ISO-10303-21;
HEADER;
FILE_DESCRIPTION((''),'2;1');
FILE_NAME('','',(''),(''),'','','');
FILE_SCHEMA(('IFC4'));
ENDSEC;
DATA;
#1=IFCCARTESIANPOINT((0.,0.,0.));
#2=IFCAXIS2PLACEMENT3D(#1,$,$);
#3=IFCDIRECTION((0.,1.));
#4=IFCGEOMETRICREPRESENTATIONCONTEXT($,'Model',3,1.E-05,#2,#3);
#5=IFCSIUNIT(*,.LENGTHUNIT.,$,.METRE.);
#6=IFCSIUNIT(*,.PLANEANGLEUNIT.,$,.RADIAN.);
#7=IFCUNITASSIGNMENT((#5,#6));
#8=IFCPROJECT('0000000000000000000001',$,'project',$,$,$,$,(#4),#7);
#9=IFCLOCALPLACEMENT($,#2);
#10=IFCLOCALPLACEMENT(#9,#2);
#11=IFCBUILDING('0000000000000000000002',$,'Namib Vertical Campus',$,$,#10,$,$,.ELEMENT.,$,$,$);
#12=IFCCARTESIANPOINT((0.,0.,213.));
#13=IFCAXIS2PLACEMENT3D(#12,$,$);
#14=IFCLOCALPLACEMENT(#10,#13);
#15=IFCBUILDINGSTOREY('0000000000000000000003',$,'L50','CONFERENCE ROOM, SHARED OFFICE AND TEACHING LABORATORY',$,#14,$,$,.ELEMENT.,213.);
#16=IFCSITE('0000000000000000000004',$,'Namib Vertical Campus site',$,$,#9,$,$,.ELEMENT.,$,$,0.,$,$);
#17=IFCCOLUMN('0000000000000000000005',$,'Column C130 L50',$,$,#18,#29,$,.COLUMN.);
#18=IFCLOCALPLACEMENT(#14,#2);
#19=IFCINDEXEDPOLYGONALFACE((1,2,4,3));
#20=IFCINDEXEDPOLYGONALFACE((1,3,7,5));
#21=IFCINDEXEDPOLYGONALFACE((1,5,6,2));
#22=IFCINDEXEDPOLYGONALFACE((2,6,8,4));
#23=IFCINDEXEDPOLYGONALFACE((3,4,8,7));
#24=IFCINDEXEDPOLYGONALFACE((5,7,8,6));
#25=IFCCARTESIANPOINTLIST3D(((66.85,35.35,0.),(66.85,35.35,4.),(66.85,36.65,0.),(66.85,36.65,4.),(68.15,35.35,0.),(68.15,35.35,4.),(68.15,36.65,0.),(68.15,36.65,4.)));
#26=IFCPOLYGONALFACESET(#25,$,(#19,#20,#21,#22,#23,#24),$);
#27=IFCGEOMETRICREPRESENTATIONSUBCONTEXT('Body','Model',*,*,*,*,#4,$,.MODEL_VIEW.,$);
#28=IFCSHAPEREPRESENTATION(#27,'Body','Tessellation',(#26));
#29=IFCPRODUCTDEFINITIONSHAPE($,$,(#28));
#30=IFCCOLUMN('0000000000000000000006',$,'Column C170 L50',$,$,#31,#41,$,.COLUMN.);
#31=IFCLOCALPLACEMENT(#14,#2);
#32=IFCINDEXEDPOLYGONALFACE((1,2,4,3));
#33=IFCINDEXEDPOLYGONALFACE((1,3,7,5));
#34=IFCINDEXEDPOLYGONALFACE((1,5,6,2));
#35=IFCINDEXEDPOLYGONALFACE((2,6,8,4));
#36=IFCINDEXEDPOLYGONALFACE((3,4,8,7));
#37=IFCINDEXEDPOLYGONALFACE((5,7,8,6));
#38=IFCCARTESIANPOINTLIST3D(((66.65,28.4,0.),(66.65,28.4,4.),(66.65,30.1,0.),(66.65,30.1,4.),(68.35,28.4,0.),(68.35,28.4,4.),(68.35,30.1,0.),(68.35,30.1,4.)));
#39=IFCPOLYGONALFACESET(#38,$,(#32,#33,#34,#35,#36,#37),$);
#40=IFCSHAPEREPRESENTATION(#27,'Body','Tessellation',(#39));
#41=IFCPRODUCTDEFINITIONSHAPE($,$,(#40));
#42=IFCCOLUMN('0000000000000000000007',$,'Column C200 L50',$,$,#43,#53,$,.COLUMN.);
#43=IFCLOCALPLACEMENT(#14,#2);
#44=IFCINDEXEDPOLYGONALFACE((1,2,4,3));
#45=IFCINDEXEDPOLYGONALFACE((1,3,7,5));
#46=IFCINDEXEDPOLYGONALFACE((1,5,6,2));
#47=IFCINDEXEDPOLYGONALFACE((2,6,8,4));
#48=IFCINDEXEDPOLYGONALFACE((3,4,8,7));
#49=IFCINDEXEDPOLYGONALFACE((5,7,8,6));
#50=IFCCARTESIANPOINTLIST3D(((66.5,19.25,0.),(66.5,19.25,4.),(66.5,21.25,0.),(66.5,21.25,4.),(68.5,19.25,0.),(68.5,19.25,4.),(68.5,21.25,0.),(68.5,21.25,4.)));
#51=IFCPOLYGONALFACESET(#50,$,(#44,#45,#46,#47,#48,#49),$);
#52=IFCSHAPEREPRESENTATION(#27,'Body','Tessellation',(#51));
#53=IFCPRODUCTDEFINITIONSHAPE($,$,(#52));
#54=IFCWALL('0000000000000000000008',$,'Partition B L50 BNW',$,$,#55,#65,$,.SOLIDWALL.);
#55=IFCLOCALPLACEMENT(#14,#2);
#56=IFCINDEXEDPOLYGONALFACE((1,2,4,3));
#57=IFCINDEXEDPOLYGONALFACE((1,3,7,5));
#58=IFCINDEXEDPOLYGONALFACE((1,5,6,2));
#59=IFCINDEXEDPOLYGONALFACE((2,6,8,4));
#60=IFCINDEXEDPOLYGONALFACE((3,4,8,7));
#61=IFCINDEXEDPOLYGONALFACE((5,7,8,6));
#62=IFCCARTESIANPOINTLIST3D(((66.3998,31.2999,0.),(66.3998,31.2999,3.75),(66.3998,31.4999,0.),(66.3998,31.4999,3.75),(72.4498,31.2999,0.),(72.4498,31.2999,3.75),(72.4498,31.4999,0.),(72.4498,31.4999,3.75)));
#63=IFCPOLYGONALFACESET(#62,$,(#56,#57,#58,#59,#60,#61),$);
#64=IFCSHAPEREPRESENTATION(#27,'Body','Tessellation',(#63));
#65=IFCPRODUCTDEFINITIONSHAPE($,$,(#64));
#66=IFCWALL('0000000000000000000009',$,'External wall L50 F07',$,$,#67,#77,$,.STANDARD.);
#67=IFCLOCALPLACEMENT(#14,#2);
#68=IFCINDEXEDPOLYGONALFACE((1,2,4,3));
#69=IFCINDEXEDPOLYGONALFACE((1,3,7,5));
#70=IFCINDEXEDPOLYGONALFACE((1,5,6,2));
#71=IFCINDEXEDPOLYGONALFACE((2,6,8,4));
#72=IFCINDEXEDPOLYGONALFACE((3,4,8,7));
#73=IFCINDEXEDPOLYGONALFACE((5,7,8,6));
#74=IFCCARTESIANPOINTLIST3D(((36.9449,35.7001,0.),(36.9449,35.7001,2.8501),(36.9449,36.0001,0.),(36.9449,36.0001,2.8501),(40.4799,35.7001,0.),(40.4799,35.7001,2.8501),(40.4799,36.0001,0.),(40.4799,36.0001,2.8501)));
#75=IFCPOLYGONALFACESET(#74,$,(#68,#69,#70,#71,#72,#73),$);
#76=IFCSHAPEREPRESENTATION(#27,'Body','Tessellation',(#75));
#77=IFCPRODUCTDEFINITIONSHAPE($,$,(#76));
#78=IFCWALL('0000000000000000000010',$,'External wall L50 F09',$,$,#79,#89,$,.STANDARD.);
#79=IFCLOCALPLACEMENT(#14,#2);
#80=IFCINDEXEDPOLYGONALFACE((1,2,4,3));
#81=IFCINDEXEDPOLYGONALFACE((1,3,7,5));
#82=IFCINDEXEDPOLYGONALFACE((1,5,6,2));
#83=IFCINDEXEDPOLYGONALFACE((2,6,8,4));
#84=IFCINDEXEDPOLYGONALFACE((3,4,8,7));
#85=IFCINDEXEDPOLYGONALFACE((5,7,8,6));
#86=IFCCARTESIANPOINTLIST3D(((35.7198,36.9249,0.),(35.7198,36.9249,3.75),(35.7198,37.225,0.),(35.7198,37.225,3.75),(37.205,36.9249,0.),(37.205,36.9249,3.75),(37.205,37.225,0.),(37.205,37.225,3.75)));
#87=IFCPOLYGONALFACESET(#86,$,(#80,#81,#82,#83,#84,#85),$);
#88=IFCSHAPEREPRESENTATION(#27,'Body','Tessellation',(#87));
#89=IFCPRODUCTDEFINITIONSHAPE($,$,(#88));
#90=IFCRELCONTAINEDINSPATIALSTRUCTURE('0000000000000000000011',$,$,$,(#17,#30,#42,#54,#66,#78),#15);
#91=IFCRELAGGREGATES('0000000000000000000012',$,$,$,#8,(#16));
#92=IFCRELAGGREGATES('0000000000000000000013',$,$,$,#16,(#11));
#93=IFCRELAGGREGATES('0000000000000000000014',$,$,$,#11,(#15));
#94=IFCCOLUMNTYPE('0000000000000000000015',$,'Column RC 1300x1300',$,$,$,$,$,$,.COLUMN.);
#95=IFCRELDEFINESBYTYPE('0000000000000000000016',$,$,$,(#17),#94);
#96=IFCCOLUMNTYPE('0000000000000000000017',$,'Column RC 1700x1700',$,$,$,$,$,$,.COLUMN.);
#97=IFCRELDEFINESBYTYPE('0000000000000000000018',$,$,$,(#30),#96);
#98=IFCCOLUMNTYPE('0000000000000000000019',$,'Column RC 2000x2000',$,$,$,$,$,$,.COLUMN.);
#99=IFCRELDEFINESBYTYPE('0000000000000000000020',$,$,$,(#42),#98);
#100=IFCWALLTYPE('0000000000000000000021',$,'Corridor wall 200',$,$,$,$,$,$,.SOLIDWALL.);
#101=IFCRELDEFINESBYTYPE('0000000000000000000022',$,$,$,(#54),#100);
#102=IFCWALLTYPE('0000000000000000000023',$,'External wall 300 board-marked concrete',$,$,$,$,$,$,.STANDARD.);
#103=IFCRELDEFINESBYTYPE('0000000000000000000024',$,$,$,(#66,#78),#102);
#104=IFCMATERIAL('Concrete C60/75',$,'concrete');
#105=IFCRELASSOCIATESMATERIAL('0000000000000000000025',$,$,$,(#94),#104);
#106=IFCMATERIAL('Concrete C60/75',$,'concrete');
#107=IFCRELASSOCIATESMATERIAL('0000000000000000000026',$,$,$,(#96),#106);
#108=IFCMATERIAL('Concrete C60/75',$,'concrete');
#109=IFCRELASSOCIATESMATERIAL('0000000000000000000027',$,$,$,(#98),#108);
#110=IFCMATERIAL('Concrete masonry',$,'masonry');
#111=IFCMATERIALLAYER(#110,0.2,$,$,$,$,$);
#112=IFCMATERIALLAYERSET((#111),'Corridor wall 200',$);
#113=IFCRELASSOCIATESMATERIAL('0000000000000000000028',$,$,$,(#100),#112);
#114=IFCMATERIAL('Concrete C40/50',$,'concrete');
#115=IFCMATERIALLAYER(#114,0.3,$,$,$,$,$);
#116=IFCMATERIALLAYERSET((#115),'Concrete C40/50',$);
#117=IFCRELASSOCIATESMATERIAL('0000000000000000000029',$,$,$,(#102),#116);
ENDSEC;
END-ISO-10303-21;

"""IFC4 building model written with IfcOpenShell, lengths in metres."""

from ifc_helpers import new_model, si_unit, direction, frame, frame_2d, origin, origin_2d, place, context, subcontext, project, spatial, rectangle, extrude, material, layer, layer_set, material_profile, profile_set, type_object, element, save


model = new_model("IFC4")

# Units and contexts
model_context = context("Model", 3, precision=1e-05, world=origin(), true_north=direction((0.0, 1.0)))
body_context = subcontext(model_context, "Body", "Model", "MODEL_VIEW")
ifc_project = project(units=[si_unit("LENGTHUNIT", "METRE"), si_unit("PLANEANGLEUNIT", "RADIAN")], contexts=[model_context])

# Site, building, storey
site_placement = place(None, origin())
site = spatial("IfcSite", under=ifc_project, at=site_placement, Name="Namib Vertical Campus site", CompositionType="ELEMENT", RefElevation=0.0)
building_placement = place(site_placement, origin())
building = spatial("IfcBuilding", under=site, at=building_placement, Name="Namib Vertical Campus", CompositionType="ELEMENT")
storey_placement = place(building_placement, frame((0.0, 0.0, 213.0)))
storey = spatial("IfcBuildingStorey", under=building, at=storey_placement, Name="L50", Description="CONFERENCE ROOM, SHARED OFFICE AND TEACHING LABORATORY", CompositionType="ELEMENT", Elevation=213.0)

# Columns
ifc_material_1 = material(Name="Concrete C60/75", Category="concrete")
ifc_material_profile_1 = material_profile(ifc_material_1, rectangle(XDim=1.3, YDim=1.3, at=origin_2d()))
ifc_profile_set_1 = profile_set([ifc_material_profile_1], Name="Concrete C60/75")
column_type_1 = type_object("IfcColumnType", Name="Column RC 1300x1300", PredefinedType="COLUMN", material=ifc_profile_set_1)
column_1_placement = place(storey_placement, frame((67.5, 36.0, 0.0), z_axis=(0.0, 0.0, 1.0), x_axis=(1.0, 0.0, 0.0)))
element("IfcColumn", 1, at=column_1_placement, inside=storey, type_object=column_type_1, Name="Column C130 L50", PredefinedType="COLUMN", context=body_context, shape_type="SweptSolid", body=[
    extrude(rectangle(XDim=1.3, YDim=1.3, at=origin_2d()), origin(), (0.0, 0.0, 1.0), 4.0),
])
ifc_material_2 = material(Name="Concrete C60/75", Category="concrete")
ifc_material_profile_2 = material_profile(ifc_material_2, rectangle(XDim=1.7, YDim=1.7, at=origin_2d()))
ifc_profile_set_2 = profile_set([ifc_material_profile_2], Name="Concrete C60/75")
column_type_2 = type_object("IfcColumnType", Name="Column RC 1700x1700", PredefinedType="COLUMN", material=ifc_profile_set_2)
column_2_placement = place(storey_placement, frame((67.5, 29.25, 0.0), z_axis=(0.0, 0.0, 1.0), x_axis=(1.0, 0.0, 0.0)))
element("IfcColumn", 2, at=column_2_placement, inside=storey, type_object=column_type_2, Name="Column C170 L50", PredefinedType="COLUMN", context=body_context, shape_type="SweptSolid", body=[
    extrude(rectangle(XDim=1.7, YDim=1.7, at=origin_2d()), origin(), (0.0, 0.0, 1.0), 4.0),
])
ifc_material_3 = material(Name="Concrete C60/75", Category="concrete")
ifc_material_profile_3 = material_profile(ifc_material_3, rectangle(XDim=2.0, YDim=2.0, at=origin_2d()))
ifc_profile_set_3 = profile_set([ifc_material_profile_3], Name="Concrete C60/75")
column_type_3 = type_object("IfcColumnType", Name="Column RC 2000x2000", PredefinedType="COLUMN", material=ifc_profile_set_3)
column_3_placement = place(storey_placement, frame((67.5, 20.25, 0.0), z_axis=(0.0, 0.0, 1.0), x_axis=(1.0, 0.0, 0.0)))
element("IfcColumn", 3, at=column_3_placement, inside=storey, type_object=column_type_3, Name="Column C200 L50", PredefinedType="COLUMN", context=body_context, shape_type="SweptSolid", body=[
    extrude(rectangle(XDim=2.0, YDim=2.0, at=origin_2d()), origin(), (0.0, 0.0, 1.0), 4.0),
])

# Walls
ifc_material_4 = material(Name="Concrete masonry", Category="masonry")
ifc_layer_1 = layer(ifc_material_4, 0.2)
ifc_layer_set_1 = layer_set([ifc_layer_1], Name="Corridor wall 200")
wall_type_1 = type_object("IfcWallType", Name="Corridor wall 200", PredefinedType="SOLIDWALL", material=ifc_layer_set_1)
wall_1_placement = place(storey_placement, frame((66.3999, 31.3999, 0.0), z_axis=(0.0, 0.0, 1.0), x_axis=(1.0, 0.0, 0.0)))
element("IfcWall", 4, at=wall_1_placement, inside=storey, type_object=wall_type_1, Name="Partition B L50 BNW", PredefinedType="SOLIDWALL", context=body_context, shape_type="SweptSolid", body=[
    extrude(rectangle(XDim=6.05, YDim=0.2, at=frame_2d((3.0249, 0.0))), origin(), (0.0, 0.0, 1.0), 3.75),
])
ifc_material_5 = material(Name="Concrete C40/50", Category="concrete")
ifc_layer_2 = layer(ifc_material_5, 0.3)
ifc_layer_set_2 = layer_set([ifc_layer_2], Name="Concrete C40/50")
wall_type_2 = type_object("IfcWallType", Name="External wall 300 board-marked concrete", PredefinedType="STANDARD", material=ifc_layer_set_2)
wall_2_placement = place(storey_placement, frame((40.48, 35.8501, 0.0), z_axis=(0.0, 0.0, 1.0), x_axis=(-1.0, 0.0, 0.0)))
element("IfcWall", 5, at=wall_2_placement, inside=storey, type_object=wall_type_2, Name="External wall L50 F07", PredefinedType="STANDARD", context=body_context, shape_type="SweptSolid", body=[
    extrude(rectangle(XDim=3.5349, YDim=0.3, at=frame_2d((1.7676, 0.0))), origin(), (0.0, 0.0, 1.0), 2.8501),
])
wall_3_placement = place(storey_placement, frame((37.2051, 37.075, 0.0), z_axis=(0.0, 0.0, 1.0), x_axis=(-1.0, 0.0, 0.0)))
element("IfcWall", 6, at=wall_3_placement, inside=storey, type_object=wall_type_2, Name="External wall L50 F09", PredefinedType="STANDARD", context=body_context, shape_type="SweptSolid", body=[
    extrude(rectangle(XDim=1.4851, YDim=0.3, at=frame_2d((0.7427, 0.0))), origin(), (0.0, 0.0, 1.0), 3.75),
])

save(model, "model.ifc")
